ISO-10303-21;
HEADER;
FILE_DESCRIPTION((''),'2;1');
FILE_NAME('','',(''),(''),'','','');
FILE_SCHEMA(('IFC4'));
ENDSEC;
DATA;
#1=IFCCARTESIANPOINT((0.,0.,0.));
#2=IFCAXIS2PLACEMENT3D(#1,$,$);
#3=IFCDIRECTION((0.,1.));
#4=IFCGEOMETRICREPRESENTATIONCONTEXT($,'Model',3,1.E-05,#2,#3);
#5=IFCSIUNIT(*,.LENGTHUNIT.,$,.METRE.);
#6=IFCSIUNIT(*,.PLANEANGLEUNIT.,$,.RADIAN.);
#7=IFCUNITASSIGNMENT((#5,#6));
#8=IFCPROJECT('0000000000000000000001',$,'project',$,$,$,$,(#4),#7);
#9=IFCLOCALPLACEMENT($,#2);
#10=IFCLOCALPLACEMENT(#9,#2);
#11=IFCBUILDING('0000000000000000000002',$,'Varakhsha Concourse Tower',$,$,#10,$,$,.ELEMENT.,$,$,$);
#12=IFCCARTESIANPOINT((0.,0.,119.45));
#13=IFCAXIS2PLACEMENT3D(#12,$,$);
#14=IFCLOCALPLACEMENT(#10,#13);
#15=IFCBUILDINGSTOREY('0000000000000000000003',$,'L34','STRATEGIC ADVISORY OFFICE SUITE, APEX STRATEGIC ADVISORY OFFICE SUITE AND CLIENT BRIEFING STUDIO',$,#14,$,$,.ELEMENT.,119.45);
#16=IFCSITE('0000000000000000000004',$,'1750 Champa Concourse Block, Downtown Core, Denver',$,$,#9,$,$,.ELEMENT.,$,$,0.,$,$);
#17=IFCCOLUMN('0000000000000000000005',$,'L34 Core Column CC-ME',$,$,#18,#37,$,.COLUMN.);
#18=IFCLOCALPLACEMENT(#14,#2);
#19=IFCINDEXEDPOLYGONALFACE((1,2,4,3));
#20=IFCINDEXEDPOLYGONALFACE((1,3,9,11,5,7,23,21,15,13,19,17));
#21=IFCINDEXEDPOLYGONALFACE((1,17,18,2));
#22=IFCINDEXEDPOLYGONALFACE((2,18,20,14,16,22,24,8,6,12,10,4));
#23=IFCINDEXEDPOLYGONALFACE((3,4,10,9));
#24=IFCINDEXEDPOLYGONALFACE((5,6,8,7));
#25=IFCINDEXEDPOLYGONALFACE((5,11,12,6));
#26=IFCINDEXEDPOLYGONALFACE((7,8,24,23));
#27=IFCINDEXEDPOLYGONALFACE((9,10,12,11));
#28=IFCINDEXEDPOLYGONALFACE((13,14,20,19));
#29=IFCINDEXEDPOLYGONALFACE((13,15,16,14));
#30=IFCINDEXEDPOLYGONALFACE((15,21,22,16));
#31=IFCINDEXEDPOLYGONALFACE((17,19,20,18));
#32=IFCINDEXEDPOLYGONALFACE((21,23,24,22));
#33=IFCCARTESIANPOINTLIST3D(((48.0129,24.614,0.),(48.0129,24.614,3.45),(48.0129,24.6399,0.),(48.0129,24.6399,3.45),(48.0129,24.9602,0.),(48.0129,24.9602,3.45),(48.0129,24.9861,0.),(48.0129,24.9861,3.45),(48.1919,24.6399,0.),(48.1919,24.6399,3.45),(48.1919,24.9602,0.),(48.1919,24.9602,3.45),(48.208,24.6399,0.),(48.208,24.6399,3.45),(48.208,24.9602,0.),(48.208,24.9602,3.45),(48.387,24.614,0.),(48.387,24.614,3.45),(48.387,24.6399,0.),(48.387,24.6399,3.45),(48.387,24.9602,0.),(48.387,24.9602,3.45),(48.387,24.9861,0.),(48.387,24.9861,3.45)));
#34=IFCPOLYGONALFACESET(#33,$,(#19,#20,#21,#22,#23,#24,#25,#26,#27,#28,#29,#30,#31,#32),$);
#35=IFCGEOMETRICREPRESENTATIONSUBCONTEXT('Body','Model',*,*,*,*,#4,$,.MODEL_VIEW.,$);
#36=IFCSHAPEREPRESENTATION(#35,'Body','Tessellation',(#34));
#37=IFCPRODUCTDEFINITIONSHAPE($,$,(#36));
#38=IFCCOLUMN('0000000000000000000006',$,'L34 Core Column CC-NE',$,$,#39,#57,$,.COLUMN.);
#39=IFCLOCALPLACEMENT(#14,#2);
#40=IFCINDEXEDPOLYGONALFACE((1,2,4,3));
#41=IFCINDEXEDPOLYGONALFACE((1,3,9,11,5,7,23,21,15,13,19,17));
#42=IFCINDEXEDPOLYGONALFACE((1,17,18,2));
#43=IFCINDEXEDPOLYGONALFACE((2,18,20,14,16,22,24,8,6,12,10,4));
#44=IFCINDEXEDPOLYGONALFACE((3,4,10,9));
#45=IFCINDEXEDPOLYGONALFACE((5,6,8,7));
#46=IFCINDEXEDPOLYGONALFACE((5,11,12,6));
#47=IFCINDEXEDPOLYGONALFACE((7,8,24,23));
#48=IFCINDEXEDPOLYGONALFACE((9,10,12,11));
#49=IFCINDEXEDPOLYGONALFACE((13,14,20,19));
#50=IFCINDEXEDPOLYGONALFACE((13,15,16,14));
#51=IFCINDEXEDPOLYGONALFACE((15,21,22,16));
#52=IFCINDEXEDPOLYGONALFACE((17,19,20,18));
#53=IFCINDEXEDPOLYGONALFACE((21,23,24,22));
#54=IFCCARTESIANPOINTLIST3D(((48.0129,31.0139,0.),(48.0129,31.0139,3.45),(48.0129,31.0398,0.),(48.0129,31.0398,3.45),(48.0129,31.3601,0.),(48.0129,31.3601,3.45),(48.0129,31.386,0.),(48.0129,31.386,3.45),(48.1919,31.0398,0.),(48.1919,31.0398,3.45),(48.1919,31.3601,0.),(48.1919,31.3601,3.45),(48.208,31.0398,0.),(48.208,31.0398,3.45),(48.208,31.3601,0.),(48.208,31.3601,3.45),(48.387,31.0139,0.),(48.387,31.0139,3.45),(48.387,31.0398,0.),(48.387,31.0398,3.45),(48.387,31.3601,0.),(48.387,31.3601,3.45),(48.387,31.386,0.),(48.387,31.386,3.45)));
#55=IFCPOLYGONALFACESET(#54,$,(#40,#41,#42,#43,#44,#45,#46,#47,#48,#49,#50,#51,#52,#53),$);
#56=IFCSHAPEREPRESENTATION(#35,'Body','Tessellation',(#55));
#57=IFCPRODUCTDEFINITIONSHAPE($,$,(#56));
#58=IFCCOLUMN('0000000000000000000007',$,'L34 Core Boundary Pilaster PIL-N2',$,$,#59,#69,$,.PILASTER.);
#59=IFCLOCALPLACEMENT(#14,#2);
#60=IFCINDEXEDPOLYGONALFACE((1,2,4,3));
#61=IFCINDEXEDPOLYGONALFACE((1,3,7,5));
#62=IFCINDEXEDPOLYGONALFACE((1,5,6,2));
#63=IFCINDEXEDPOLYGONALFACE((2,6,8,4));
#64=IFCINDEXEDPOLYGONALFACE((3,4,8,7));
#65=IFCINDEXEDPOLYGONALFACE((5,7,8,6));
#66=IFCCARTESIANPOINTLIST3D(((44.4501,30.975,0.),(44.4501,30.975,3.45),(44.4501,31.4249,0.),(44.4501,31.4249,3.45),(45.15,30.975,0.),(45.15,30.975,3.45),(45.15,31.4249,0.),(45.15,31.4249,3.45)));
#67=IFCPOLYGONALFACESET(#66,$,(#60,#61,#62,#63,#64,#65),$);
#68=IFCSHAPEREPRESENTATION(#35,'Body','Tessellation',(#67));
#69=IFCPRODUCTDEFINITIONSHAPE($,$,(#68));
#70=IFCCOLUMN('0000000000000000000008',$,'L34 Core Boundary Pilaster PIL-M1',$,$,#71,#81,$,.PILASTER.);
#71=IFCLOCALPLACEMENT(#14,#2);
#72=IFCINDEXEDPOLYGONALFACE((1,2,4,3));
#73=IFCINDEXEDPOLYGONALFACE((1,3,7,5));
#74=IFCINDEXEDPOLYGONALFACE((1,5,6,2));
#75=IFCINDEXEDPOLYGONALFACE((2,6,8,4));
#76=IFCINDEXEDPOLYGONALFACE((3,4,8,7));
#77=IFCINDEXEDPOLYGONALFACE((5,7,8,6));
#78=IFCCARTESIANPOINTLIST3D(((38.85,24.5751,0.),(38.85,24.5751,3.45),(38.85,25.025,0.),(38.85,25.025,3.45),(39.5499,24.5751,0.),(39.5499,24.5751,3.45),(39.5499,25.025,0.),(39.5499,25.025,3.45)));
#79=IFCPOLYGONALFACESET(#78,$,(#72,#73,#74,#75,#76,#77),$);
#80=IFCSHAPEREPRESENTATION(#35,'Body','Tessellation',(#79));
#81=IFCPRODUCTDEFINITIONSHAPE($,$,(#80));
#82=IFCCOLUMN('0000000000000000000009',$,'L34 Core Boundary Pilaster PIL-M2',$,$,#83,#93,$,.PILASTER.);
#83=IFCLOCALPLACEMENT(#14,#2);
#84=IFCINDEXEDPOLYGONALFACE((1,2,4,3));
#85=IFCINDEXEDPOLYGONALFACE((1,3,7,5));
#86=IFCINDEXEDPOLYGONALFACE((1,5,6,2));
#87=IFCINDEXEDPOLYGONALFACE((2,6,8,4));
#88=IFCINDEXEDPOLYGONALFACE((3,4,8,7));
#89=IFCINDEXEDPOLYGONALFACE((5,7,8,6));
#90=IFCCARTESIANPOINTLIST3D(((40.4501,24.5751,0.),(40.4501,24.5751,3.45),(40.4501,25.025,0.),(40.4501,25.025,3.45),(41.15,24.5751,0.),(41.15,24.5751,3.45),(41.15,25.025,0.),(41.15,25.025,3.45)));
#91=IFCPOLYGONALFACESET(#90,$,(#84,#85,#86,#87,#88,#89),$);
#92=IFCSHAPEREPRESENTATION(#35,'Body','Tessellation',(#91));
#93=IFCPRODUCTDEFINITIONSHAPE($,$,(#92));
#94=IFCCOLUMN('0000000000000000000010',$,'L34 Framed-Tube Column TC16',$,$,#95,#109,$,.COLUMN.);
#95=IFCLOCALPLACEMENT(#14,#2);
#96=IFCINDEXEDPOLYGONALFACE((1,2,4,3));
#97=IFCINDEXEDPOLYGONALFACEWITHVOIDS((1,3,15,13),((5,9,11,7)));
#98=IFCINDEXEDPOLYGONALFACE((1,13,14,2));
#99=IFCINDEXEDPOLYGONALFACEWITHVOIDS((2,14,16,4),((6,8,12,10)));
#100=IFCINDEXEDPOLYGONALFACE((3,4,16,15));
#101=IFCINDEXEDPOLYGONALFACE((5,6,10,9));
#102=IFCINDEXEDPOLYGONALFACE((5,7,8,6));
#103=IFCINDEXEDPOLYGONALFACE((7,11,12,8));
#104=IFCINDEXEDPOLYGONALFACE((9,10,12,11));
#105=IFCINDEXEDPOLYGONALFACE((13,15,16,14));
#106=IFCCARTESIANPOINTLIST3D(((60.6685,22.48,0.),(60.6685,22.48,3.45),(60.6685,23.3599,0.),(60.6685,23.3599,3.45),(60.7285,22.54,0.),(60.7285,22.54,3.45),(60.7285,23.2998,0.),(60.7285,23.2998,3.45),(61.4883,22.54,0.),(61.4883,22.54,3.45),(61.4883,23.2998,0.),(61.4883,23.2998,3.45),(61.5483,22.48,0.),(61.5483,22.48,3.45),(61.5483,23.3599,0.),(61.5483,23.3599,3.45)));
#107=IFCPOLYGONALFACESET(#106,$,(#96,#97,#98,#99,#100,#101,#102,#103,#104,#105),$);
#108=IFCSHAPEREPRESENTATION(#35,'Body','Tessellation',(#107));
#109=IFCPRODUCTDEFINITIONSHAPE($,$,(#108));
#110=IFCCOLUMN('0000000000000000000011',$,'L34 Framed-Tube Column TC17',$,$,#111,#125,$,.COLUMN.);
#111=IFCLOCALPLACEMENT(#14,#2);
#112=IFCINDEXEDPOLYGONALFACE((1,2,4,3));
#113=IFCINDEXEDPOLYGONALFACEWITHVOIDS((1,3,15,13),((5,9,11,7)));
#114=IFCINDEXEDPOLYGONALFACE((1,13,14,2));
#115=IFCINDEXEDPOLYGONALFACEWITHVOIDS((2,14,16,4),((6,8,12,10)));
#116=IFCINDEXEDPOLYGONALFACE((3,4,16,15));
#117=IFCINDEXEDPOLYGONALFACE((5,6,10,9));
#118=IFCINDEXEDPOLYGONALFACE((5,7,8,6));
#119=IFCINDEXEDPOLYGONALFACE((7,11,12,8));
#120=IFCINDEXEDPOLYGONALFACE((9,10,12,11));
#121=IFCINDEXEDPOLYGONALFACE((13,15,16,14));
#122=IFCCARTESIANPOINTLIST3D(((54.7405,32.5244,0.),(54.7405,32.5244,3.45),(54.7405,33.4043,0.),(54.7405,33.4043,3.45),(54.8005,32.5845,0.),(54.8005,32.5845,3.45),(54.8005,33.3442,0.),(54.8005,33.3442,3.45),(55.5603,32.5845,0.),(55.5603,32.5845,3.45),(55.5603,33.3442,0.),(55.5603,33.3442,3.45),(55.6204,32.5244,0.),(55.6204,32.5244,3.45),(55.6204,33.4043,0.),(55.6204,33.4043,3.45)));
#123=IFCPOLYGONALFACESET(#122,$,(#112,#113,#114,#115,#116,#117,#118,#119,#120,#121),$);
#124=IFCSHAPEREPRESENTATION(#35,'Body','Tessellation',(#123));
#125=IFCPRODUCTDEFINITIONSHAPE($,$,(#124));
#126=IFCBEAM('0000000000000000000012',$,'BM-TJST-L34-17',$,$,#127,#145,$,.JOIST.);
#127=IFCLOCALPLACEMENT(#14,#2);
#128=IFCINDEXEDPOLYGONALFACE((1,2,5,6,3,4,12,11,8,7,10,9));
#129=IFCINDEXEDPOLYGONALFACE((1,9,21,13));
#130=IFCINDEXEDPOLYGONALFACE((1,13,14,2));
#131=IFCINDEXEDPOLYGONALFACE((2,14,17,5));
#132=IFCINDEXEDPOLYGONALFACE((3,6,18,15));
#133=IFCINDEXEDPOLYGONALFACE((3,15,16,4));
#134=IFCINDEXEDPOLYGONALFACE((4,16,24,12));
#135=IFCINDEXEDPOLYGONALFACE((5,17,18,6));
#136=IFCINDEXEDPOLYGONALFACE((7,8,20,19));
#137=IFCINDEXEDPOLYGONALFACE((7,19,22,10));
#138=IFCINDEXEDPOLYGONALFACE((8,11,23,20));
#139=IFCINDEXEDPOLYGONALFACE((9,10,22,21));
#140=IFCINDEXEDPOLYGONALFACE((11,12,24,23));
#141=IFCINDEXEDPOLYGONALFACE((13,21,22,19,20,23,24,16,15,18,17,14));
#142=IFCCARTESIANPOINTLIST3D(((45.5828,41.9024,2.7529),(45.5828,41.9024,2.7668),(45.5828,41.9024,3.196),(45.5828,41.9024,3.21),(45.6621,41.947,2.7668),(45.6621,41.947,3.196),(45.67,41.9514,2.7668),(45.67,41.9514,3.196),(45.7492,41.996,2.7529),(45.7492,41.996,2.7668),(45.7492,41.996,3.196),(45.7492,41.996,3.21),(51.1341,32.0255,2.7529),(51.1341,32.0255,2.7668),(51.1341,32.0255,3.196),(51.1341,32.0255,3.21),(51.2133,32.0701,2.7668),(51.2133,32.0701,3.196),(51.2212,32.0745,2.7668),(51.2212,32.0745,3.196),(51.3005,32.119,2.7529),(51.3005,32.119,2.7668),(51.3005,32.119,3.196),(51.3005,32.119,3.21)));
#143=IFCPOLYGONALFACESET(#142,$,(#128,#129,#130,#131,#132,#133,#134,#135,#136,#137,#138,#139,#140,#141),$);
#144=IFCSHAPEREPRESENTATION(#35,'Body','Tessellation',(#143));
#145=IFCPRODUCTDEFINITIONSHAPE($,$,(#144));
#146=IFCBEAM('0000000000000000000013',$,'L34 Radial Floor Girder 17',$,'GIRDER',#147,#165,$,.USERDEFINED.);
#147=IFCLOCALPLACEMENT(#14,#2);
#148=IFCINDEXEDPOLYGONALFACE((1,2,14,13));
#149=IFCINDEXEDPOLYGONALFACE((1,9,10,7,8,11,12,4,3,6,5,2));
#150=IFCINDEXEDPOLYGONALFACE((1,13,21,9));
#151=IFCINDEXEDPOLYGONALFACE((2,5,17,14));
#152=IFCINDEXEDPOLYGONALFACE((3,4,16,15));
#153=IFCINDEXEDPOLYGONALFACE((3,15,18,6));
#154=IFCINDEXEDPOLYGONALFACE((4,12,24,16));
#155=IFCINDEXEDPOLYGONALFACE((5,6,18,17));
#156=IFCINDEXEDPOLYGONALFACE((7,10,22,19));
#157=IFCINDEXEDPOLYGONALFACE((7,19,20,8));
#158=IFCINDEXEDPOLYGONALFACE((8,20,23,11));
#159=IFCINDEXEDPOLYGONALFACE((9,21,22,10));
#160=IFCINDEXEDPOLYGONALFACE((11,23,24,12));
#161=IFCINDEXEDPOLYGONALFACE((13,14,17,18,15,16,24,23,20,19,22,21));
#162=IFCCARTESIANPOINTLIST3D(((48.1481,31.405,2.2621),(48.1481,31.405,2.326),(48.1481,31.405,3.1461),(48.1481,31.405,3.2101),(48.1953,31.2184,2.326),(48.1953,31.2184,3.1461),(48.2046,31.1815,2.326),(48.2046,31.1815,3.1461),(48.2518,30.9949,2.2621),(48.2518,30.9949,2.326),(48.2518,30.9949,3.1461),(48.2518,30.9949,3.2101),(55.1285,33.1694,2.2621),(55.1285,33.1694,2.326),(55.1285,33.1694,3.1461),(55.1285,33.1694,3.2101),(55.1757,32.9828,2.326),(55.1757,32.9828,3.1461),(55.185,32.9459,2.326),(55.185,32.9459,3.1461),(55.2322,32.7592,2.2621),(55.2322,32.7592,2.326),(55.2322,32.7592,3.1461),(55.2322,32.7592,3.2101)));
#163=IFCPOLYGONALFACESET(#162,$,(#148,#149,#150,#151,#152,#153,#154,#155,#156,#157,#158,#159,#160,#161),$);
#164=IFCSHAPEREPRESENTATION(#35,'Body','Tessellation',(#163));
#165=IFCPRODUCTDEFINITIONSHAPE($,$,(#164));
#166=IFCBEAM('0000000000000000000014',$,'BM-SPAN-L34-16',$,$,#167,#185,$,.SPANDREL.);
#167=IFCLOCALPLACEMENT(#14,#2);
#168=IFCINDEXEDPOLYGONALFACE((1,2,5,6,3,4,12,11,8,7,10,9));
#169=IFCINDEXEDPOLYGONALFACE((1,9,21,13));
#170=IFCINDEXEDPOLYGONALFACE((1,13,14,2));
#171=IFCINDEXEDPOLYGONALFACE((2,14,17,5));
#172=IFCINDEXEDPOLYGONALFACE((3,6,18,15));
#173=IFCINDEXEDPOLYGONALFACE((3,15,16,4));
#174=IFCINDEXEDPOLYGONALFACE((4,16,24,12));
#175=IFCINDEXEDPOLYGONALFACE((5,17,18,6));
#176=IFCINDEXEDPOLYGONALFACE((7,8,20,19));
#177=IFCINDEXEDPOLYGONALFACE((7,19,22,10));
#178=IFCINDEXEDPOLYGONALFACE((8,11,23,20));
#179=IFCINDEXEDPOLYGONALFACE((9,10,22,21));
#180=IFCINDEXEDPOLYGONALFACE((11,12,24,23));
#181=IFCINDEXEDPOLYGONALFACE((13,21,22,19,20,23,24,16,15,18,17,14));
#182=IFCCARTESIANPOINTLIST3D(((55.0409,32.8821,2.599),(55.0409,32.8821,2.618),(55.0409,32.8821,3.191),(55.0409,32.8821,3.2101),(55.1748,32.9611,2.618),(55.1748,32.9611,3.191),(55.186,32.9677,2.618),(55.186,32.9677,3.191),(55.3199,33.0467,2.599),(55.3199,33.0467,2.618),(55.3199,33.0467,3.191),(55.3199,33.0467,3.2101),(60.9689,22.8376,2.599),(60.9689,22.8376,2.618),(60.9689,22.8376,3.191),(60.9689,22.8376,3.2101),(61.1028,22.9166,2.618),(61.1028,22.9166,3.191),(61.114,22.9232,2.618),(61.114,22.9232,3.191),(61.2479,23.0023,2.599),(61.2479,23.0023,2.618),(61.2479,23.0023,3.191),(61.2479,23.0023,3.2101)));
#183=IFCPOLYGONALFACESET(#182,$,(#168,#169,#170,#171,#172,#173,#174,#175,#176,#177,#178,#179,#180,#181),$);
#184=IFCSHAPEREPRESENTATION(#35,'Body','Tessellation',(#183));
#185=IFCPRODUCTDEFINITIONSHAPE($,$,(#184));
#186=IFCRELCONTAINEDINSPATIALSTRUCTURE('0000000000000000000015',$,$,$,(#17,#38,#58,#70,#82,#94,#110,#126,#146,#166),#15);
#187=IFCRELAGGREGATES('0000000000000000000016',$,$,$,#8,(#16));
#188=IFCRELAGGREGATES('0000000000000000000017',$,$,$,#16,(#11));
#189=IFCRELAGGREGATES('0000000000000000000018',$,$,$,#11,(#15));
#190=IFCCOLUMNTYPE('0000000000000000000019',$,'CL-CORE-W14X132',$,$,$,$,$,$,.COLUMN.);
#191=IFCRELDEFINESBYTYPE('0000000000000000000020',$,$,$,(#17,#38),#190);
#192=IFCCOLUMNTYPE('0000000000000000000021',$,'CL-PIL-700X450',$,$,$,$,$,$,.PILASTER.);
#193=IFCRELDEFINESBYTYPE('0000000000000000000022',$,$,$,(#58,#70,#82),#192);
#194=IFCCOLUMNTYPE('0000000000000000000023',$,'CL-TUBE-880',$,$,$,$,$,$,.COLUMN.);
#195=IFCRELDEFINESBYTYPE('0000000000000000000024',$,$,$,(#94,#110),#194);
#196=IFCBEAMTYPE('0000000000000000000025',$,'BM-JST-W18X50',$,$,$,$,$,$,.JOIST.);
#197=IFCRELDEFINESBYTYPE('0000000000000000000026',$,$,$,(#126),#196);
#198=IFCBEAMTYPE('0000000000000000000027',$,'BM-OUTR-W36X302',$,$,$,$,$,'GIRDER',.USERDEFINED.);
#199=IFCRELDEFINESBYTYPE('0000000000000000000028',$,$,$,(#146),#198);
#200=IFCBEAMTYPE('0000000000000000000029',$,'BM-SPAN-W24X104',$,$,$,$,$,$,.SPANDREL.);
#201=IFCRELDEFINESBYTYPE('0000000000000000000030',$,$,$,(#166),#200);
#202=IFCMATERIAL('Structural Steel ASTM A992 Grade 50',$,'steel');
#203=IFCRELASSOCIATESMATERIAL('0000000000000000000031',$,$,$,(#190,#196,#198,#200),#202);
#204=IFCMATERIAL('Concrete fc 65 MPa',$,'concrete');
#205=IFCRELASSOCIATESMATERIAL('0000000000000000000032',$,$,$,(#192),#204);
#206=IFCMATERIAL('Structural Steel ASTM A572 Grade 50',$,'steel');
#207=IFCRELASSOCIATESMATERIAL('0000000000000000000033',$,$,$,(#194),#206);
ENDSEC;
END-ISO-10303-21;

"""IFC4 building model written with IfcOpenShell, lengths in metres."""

from ifc_helpers import new_model, si_unit, direction, frame, origin, origin_2d, place, context, subcontext, project, spatial, rectangle, hollow_rectangle, i_section, extrude, material, material_profile, profile_set, type_object, element, save


model = new_model("IFC4")

# Units and contexts
model_context = context("Model", 3, precision=1e-05, world=origin(), true_north=direction((0.0, 1.0)))
body_context = subcontext(model_context, "Body", "Model", "MODEL_VIEW")
ifc_project = project(units=[si_unit("LENGTHUNIT", "METRE"), si_unit("PLANEANGLEUNIT", "RADIAN")], contexts=[model_context])

# Site, building, storey
site_placement = place(None, origin())
site = spatial("IfcSite", under=ifc_project, at=site_placement, Name="1750 Champa Concourse Block, Downtown Core, Denver", CompositionType="ELEMENT", RefElevation=0.0)
building_placement = place(site_placement, origin())
building = spatial("IfcBuilding", under=site, at=building_placement, Name="Varakhsha Concourse Tower", CompositionType="ELEMENT")
storey_placement = place(building_placement, frame((0.0, 0.0, 119.45)))
storey = spatial("IfcBuildingStorey", under=building, at=storey_placement, Name="L34", Description="STRATEGIC ADVISORY OFFICE SUITE, APEX STRATEGIC ADVISORY OFFICE SUITE AND CLIENT BRIEFING STUDIO", CompositionType="ELEMENT", Elevation=119.45)

# Columns
ifc_material_1 = material(Name="Structural Steel ASTM A992 Grade 50", Category="steel")
ifc_material_profile_1 = material_profile(ifc_material_1, i_section(OverallWidth=0.374, OverallDepth=0.3721, WebThickness=0.0161, FlangeThickness=0.0259, at=origin_2d()), Name="W14X132")
ifc_profile_set_1 = profile_set([ifc_material_profile_1], Name="Structural Steel ASTM A992 Grade 50")
column_type_1 = type_object("IfcColumnType", Name="CL-CORE-W14X132", PredefinedType="COLUMN", material=ifc_profile_set_1)
for number, where, z_axis, x_axis, name in (
    (1, (48.2, 24.8, 0.0), (0.0, 0.0, 1.0), (1.0, 0.0, 0.0), "L34 Core Column CC-ME"),
    (2, (48.2, 31.2, 0.0), (0.0, 0.0, 1.0), (1.0, 0.0, 0.0), "L34 Core Column CC-NE"),
):
    element("IfcColumn", number, at=place(storey_placement, frame(where, z_axis=z_axis, x_axis=x_axis)), inside=storey, type_object=column_type_1, Name=name, PredefinedType="COLUMN", context=body_context, shape_type="SweptSolid", body=[
        extrude(i_section(OverallWidth=0.374, OverallDepth=0.3721, WebThickness=0.0161, FlangeThickness=0.0259, at=origin_2d()), origin(), (0.0, 0.0, 1.0), 3.45),
    ])
ifc_material_2 = material(Name="Concrete fc 65 MPa", Category="concrete")
ifc_material_profile_2 = material_profile(ifc_material_2, rectangle(XDim=0.7, YDim=0.45, at=origin_2d()), Name="RC 700x450")
ifc_profile_set_2 = profile_set([ifc_material_profile_2], Name="Concrete fc 65 MPa")
column_type_2 = type_object("IfcColumnType", Name="CL-PIL-700X450", PredefinedType="PILASTER", material=ifc_profile_set_2)
for number, where, z_axis, x_axis, name in (
    (3, (44.8, 31.2, 0.0), (0.0, 0.0, 1.0), (1.0, 0.0, 0.0), "L34 Core Boundary Pilaster PIL-N2"),
    (4, (39.2, 24.8, 0.0), (0.0, 0.0, 1.0), (1.0, 0.0, 0.0), "L34 Core Boundary Pilaster PIL-M1"),
    (5, (40.8, 24.8, 0.0), (0.0, 0.0, 1.0), (1.0, 0.0, 0.0), "L34 Core Boundary Pilaster PIL-M2"),
):
    element("IfcColumn", number, at=place(storey_placement, frame(where, z_axis=z_axis, x_axis=x_axis)), inside=storey, type_object=column_type_2, Name=name, PredefinedType="PILASTER", context=body_context, shape_type="SweptSolid", body=[
        extrude(rectangle(XDim=0.7, YDim=0.45, at=origin_2d()), origin(), (0.0, 0.0, 1.0), 3.45),
    ])
ifc_material_3 = material(Name="Structural Steel ASTM A572 Grade 50", Category="steel")
ifc_material_profile_3 = material_profile(ifc_material_3, hollow_rectangle(XDim=0.8799, YDim=0.8799, WallThickness=0.0601, at=origin_2d()), Name="BOX 880x880x60")
ifc_profile_set_3 = profile_set([ifc_material_profile_3], Name="Structural Steel ASTM A572 Grade 50")
column_type_3 = type_object("IfcColumnType", Name="CL-TUBE-880", PredefinedType="COLUMN", material=ifc_profile_set_3)
for number, where, z_axis, x_axis, name in (
    (6, (61.1084, 22.9199, 0.0), (0.0, 0.0, 1.0), (1.0, 0.0, 0.0), "L34 Framed-Tube Column TC16"),
    (7, (55.1804, 32.9644, 0.0), (0.0, 0.0, 1.0), (1.0, 0.0, 0.0), "L34 Framed-Tube Column TC17"),
):
    element("IfcColumn", number, at=place(storey_placement, frame(where, z_axis=z_axis, x_axis=x_axis)), inside=storey, type_object=column_type_3, Name=name, PredefinedType="COLUMN", context=body_context, shape_type="SweptSolid", body=[
        extrude(hollow_rectangle(XDim=0.8799, YDim=0.8799, WallThickness=0.0601, at=origin_2d()), origin(), (0.0, 0.0, 1.0), 3.45),
    ])

# Beams
ifc_material_profile_4 = material_profile(ifc_material_1, i_section(OverallWidth=0.1909, OverallDepth=0.457, WebThickness=0.009, FlangeThickness=0.0139, at=origin_2d()), Name="W18X50")
ifc_profile_set_4 = profile_set([ifc_material_profile_4], Name="Structural Steel ASTM A992 Grade 50")
beam_type_1 = type_object("IfcBeamType", Name="BM-JST-W18X50", PredefinedType="JOIST", material=ifc_profile_set_4)
beam_1_placement = place(storey_placement, frame((51.2173, 32.0723, 2.9814), z_axis=(-0.489958, 0.871746, 0.0), x_axis=(-0.871746, -0.489958, 0.0)))
element("IfcBeam", 8, at=beam_1_placement, inside=storey, type_object=beam_type_1, Name="BM-TJST-L34-17", PredefinedType="JOIST", context=body_context, shape_type="SweptSolid", body=[
    extrude(i_section(OverallWidth=0.1909, OverallDepth=0.457, WebThickness=0.009, FlangeThickness=0.0139, at=origin_2d()), origin(), (0.0, 0.0, 1.0), 11.3301),
])
ifc_material_profile_5 = material_profile(ifc_material_1, i_section(OverallWidth=0.4231, OverallDepth=0.948, WebThickness=0.0381, FlangeThickness=0.064, at=origin_2d()), Name="W36X302")
ifc_profile_set_5 = profile_set([ifc_material_profile_5], Name="Structural Steel ASTM A992 Grade 50")
beam_type_2 = type_object("IfcBeamType", Name="BM-OUTR-W36X302", ElementType="GIRDER", PredefinedType="USERDEFINED", material=ifc_profile_set_5)
beam_2_placement = place(storey_placement, frame((48.2, 31.2, 2.7361), z_axis=(0.969509, 0.245056, 0.0), x_axis=(-0.245056, 0.969509, 0.0)))
element("IfcBeam", 9, at=beam_2_placement, inside=storey, type_object=beam_type_2, Name="L34 Radial Floor Girder 17", ObjectType="GIRDER", PredefinedType="USERDEFINED", context=body_context, shape_type="SweptSolid", body=[
    extrude(i_section(OverallWidth=0.4231, OverallDepth=0.948, WebThickness=0.0381, FlangeThickness=0.064, at=origin_2d()), origin(), (0.0, 0.0, 1.0), 7.2),
])
ifc_material_profile_6 = material_profile(ifc_material_1, i_section(OverallWidth=0.324, OverallDepth=0.6111, WebThickness=0.0129, FlangeThickness=0.019, at=origin_2d()), Name="W24X104")
ifc_profile_set_6 = profile_set([ifc_material_profile_6], Name="Structural Steel ASTM A992 Grade 50")
beam_type_3 = type_object("IfcBeamType", Name="BM-SPAN-W24X104", PredefinedType="SPANDREL", material=ifc_profile_set_6)
for number, where, z_axis, x_axis, name in (
    (10, (61.1084, 22.9199, 2.9045), (-0.508261, 0.861203, 0.0), (-0.861203, -0.508261, 0.0), "BM-SPAN-L34-16"),
):
    element("IfcBeam", number, at=place(storey_placement, frame(where, z_axis=z_axis, x_axis=x_axis)), inside=storey, type_object=beam_type_3, Name=name, PredefinedType="SPANDREL", context=body_context, shape_type="SweptSolid", body=[
        extrude(i_section(OverallWidth=0.324, OverallDepth=0.6111, WebThickness=0.0129, FlangeThickness=0.019, at=origin_2d()), origin(), (0.0, 0.0, 1.0), 11.6633),
    ])

save(model, "model.ifc")
